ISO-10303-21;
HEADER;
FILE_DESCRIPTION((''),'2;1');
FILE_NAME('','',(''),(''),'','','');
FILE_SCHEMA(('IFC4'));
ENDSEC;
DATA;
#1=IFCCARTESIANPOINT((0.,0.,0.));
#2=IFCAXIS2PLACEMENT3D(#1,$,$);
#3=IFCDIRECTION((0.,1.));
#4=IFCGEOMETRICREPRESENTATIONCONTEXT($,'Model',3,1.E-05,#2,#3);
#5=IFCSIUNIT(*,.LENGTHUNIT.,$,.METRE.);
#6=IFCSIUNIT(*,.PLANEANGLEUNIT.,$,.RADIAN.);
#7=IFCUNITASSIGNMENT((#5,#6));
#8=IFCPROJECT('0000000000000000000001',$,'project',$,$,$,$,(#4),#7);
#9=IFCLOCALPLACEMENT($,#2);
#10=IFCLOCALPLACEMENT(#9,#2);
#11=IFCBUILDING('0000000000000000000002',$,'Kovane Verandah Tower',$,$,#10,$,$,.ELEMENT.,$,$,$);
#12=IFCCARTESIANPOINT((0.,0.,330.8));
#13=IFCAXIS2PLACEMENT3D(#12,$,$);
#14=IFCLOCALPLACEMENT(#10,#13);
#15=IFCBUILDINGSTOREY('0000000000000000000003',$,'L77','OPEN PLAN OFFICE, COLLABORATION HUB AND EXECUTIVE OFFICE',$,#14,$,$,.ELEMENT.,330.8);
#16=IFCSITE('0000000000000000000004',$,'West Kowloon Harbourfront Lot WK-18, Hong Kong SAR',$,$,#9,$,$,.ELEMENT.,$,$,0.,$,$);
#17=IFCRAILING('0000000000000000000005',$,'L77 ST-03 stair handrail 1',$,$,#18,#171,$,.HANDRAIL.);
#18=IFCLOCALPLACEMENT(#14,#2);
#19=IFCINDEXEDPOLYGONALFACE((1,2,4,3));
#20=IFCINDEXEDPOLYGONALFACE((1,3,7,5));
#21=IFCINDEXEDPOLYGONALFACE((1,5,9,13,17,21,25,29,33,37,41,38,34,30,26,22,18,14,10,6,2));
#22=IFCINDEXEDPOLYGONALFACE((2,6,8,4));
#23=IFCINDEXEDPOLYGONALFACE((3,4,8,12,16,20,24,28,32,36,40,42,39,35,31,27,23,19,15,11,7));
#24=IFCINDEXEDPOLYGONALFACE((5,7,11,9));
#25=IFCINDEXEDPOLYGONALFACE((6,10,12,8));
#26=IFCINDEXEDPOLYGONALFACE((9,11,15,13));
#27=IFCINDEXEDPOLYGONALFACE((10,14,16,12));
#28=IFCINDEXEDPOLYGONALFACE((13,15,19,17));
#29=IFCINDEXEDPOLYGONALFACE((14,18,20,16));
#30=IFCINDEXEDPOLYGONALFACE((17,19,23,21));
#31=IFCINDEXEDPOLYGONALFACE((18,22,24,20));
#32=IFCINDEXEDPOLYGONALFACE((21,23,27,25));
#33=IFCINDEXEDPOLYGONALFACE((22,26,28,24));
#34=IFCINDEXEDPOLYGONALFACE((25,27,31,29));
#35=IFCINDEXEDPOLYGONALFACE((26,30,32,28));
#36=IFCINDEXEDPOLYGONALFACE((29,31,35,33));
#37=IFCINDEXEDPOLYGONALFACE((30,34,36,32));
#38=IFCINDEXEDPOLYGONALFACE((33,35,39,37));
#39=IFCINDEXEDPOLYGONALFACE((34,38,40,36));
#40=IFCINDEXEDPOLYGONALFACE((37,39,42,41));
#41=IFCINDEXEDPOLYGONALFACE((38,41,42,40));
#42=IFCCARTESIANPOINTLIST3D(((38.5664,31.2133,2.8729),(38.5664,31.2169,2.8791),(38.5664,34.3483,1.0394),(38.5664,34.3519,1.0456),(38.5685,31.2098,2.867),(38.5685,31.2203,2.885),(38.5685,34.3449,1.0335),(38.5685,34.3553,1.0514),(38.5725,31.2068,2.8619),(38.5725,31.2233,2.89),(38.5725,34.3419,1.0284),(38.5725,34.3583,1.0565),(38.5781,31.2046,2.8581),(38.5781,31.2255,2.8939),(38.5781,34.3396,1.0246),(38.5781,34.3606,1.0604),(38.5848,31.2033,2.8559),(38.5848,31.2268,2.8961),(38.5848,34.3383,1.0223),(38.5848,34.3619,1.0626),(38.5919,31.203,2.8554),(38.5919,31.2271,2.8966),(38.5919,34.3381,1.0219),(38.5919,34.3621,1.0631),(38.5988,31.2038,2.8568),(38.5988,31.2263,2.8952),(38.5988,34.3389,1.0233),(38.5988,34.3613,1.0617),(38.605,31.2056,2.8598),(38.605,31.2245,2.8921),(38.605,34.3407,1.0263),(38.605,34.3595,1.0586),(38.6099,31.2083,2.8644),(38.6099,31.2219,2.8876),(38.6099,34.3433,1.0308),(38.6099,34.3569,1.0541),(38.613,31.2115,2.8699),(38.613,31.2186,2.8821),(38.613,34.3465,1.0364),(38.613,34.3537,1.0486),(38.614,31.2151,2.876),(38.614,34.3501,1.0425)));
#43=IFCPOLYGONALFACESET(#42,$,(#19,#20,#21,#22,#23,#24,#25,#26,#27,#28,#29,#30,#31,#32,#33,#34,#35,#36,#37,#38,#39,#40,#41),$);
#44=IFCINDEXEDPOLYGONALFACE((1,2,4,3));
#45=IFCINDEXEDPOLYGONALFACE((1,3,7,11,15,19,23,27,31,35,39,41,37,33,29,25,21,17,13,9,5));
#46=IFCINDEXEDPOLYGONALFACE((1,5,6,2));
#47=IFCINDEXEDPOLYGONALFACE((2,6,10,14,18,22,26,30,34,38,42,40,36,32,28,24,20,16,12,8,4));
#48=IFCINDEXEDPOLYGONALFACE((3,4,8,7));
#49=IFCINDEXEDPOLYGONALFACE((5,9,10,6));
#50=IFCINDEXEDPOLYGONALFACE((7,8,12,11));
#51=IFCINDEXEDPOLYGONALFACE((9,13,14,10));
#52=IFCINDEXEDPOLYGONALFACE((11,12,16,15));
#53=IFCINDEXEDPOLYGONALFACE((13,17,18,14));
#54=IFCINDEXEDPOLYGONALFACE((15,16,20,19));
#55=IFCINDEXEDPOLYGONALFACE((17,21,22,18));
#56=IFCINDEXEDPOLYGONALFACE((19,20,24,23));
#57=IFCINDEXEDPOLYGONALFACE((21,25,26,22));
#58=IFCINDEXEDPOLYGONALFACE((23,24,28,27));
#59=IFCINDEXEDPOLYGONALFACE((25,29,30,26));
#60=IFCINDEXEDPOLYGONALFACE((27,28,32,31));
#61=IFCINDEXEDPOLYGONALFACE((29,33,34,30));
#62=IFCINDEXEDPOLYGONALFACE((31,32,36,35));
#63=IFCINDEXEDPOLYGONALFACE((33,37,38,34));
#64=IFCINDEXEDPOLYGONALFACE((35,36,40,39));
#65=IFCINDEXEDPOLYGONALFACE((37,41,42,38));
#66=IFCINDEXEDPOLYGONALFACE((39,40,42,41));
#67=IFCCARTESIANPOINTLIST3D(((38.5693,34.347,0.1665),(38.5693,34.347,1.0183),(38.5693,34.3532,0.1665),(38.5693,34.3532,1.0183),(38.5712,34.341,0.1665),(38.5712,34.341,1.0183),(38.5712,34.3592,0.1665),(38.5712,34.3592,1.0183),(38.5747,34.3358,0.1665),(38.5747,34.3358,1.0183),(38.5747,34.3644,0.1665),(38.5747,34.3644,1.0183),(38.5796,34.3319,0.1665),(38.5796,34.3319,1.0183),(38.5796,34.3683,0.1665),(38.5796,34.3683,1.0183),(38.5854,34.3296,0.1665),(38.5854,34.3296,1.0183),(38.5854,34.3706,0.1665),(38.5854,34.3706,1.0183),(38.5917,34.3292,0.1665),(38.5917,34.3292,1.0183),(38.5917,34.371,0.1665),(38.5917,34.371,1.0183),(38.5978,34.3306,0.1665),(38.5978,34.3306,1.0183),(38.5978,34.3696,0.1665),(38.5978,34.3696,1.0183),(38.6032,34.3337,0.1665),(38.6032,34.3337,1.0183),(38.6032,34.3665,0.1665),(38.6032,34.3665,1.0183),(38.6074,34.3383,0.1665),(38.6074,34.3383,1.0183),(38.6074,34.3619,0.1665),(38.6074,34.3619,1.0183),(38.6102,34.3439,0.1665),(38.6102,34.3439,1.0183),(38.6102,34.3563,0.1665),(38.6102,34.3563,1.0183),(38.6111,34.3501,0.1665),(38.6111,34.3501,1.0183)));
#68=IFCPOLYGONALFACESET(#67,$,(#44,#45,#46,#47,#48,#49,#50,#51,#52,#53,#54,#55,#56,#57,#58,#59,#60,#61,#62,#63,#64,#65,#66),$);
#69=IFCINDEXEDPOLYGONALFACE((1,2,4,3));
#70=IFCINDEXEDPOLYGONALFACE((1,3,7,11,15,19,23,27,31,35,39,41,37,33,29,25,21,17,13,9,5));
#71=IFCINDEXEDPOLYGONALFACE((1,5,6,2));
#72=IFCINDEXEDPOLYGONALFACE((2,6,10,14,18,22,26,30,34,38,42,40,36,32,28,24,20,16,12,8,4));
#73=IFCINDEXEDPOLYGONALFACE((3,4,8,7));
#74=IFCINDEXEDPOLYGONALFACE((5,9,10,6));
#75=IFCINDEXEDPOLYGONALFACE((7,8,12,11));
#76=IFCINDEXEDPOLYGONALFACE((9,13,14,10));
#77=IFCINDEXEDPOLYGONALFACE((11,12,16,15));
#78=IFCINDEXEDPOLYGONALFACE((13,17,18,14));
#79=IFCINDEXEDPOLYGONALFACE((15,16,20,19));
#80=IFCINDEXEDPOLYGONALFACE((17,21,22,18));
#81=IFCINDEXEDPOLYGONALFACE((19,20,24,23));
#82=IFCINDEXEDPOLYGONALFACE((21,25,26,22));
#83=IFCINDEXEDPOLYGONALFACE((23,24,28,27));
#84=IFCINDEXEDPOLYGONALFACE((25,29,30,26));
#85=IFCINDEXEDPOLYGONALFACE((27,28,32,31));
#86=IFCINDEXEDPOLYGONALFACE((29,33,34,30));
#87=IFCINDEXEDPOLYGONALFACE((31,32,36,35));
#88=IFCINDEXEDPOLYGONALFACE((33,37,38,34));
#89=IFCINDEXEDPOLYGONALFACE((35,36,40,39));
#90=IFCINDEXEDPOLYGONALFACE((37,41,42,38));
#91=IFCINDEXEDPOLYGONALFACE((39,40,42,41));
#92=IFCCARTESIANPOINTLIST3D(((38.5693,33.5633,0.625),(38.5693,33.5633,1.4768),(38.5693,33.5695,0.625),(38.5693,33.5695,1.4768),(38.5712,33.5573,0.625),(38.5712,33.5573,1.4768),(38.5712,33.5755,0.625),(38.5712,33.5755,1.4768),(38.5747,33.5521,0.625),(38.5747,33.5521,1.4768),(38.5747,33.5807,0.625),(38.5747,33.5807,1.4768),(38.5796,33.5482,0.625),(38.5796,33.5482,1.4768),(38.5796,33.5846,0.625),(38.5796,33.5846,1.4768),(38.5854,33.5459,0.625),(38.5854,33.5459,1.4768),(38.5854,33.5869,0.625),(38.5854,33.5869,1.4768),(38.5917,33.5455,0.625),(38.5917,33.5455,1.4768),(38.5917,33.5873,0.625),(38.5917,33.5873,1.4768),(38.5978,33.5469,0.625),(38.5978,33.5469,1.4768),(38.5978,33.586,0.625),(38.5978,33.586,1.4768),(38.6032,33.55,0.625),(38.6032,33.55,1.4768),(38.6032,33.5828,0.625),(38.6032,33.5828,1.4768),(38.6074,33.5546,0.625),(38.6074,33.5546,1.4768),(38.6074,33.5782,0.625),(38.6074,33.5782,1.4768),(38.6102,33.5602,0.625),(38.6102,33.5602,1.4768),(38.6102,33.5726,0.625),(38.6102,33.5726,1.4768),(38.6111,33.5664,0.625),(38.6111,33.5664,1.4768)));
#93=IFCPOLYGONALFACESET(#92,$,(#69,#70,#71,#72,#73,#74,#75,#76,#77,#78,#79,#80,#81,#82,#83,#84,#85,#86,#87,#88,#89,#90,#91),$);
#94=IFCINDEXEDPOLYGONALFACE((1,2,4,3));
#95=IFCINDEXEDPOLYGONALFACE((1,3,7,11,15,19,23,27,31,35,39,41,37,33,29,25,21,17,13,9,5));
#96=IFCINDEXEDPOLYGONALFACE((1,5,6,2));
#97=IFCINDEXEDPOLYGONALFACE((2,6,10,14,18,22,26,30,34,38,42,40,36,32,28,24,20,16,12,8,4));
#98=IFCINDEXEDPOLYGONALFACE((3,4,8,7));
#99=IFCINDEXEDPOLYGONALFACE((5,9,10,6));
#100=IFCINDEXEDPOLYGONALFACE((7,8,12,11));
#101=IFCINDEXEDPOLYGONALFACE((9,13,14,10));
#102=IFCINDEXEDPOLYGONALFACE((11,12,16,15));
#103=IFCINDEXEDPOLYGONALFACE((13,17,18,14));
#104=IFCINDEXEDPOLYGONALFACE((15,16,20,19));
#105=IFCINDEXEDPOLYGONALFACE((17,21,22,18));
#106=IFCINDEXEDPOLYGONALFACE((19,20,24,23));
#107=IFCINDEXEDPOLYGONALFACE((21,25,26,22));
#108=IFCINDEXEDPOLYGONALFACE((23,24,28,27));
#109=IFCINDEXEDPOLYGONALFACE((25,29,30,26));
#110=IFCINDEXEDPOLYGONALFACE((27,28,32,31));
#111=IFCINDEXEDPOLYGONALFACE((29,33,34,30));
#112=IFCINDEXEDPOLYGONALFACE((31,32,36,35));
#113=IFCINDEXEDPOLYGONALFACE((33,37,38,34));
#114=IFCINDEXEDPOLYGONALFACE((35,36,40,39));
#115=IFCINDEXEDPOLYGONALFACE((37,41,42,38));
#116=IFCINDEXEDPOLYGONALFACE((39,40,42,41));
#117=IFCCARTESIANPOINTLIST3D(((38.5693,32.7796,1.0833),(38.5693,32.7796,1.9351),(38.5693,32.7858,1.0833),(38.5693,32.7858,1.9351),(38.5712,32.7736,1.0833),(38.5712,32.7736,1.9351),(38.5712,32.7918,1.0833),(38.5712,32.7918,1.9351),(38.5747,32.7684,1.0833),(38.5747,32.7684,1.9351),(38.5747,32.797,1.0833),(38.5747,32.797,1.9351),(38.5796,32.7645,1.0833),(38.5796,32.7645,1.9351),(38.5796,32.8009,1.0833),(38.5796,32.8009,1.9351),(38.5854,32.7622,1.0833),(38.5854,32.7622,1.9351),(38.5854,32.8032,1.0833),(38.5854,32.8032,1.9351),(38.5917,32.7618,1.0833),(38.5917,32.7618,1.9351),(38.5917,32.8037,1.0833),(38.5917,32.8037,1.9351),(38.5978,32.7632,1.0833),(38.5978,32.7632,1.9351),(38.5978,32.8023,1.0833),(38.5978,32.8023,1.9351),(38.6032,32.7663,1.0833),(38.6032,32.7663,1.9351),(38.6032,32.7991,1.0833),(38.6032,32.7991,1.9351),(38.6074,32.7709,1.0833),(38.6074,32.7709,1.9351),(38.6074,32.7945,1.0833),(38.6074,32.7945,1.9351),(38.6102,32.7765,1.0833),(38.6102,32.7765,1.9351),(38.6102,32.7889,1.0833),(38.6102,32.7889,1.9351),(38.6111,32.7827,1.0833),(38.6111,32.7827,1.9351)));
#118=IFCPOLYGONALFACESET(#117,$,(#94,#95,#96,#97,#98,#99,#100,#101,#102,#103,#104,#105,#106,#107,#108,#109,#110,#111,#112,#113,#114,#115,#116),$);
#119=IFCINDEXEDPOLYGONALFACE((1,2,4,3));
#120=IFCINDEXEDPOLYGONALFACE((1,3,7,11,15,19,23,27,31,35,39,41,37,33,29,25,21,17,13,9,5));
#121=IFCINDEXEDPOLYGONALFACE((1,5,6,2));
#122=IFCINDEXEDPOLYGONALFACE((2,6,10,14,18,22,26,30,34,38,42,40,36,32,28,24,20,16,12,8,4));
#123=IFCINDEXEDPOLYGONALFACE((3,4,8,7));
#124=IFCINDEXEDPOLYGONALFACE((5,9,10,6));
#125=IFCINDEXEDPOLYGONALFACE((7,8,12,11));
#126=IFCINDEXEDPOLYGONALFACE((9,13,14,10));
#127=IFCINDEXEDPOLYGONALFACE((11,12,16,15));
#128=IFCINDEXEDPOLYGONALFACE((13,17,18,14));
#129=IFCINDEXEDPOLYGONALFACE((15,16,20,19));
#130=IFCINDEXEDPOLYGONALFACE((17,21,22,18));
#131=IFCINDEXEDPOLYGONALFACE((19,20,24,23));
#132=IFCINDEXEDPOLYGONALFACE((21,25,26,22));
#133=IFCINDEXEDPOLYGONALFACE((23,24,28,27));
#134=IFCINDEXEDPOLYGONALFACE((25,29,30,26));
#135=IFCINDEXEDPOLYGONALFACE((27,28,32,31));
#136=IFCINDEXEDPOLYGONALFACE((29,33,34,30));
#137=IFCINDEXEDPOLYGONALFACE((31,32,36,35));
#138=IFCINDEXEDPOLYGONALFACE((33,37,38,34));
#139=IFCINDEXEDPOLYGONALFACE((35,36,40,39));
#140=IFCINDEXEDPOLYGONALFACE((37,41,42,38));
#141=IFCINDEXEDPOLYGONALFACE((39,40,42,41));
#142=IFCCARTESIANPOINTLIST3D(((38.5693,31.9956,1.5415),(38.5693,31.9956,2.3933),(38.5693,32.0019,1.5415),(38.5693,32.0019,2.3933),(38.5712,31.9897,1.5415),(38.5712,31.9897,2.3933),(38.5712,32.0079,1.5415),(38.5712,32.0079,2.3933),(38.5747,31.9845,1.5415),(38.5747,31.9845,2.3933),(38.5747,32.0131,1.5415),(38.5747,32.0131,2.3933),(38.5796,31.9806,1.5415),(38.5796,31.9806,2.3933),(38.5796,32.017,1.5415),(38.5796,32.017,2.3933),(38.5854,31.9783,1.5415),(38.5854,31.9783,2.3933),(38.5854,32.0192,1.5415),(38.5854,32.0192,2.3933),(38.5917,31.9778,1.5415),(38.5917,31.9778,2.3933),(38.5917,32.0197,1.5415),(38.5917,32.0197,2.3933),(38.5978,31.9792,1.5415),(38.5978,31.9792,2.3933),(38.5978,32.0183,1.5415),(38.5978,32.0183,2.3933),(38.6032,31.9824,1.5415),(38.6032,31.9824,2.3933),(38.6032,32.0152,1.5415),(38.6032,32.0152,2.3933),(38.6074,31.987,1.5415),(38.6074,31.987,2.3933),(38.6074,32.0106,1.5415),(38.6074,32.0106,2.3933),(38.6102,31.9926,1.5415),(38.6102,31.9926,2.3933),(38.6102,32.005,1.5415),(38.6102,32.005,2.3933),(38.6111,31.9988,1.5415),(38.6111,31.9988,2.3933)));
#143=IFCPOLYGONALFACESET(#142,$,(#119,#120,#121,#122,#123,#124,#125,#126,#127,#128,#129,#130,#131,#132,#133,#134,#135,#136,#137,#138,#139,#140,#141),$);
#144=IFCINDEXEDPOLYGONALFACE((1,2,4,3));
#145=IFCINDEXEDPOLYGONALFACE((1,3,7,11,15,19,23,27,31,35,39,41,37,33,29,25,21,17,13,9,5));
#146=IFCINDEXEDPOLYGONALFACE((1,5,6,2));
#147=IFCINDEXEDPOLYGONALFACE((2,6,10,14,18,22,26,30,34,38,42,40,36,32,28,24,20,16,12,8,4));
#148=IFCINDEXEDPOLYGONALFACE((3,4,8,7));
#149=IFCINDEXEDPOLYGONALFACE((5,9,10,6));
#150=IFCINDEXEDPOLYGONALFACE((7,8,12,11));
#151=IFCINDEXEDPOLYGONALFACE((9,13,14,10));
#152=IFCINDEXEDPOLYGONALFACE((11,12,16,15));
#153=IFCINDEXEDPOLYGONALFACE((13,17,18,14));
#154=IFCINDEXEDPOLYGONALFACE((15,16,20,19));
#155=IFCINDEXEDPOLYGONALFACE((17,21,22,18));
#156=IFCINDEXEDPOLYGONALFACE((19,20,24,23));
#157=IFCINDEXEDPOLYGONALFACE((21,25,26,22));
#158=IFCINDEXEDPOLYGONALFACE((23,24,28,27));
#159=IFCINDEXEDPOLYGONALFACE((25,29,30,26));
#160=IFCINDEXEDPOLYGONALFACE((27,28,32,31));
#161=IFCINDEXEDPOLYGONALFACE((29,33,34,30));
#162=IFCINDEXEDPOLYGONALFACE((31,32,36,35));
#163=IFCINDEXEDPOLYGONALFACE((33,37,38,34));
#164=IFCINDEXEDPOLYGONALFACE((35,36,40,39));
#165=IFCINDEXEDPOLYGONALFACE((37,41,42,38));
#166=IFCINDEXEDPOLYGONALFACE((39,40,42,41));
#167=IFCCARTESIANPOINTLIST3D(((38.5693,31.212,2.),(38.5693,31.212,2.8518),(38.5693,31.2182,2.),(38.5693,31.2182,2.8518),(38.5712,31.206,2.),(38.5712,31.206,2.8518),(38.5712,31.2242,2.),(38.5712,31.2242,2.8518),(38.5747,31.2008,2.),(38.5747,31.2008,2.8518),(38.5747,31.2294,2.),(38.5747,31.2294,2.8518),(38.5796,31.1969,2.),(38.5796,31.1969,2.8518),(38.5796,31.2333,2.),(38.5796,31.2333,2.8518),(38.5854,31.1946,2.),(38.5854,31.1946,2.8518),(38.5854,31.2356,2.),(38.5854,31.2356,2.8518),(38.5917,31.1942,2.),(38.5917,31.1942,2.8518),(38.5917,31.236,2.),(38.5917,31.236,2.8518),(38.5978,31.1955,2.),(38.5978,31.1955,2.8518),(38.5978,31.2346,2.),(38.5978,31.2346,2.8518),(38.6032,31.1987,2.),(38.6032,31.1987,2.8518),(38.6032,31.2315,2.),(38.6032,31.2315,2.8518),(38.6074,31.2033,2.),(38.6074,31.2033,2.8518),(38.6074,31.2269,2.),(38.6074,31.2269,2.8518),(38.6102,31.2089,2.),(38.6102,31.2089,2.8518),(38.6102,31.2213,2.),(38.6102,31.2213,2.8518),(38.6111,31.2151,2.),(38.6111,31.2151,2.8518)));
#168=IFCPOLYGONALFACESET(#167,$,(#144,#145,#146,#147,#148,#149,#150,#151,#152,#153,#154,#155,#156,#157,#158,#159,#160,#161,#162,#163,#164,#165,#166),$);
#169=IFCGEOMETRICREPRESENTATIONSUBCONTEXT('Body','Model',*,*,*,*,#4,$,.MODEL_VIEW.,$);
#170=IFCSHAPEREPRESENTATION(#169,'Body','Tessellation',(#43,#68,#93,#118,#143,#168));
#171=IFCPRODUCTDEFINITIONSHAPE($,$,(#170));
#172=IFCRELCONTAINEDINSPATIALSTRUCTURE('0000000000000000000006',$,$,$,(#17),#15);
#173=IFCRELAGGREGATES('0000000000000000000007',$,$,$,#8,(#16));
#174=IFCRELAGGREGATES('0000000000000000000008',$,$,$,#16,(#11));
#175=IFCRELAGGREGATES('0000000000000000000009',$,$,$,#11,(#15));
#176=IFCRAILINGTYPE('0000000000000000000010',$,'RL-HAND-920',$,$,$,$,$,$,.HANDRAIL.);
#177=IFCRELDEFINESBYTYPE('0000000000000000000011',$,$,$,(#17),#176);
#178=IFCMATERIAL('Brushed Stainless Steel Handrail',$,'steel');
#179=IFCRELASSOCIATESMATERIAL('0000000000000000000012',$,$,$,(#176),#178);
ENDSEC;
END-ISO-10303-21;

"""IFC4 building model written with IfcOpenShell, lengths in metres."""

from ifc_helpers import new_model, si_unit, direction, frame, origin, origin_2d, place, context, subcontext, project, spatial, circle, extrude, material, type_object, element, save


model = new_model("IFC4")

# Units and contexts
model_context = context("Model", 3, precision=1e-05, world=origin(), true_north=direction((0.0, 1.0)))
body_context = subcontext(model_context, "Body", "Model", "MODEL_VIEW")
ifc_project = project(units=[si_unit("LENGTHUNIT", "METRE"), si_unit("PLANEANGLEUNIT", "RADIAN")], contexts=[model_context])

# Site, building, storey
site_placement = place(None, origin())
site = spatial("IfcSite", under=ifc_project, at=site_placement, Name="West Kowloon Harbourfront Lot WK-18, Hong Kong SAR", CompositionType="ELEMENT", RefElevation=0.0)
building_placement = place(site_placement, origin())
building = spatial("IfcBuilding", under=site, at=building_placement, Name="Kovane Verandah Tower", CompositionType="ELEMENT")
storey_placement = place(building_placement, frame((0.0, 0.0, 330.8)))
storey = spatial("IfcBuildingStorey", under=building, at=storey_placement, Name="L77", Description="OPEN PLAN OFFICE, COLLABORATION HUB AND EXECUTIVE OFFICE", CompositionType="ELEMENT", Elevation=330.8)

# Railing
ifc_material_1 = material(Name="Brushed Stainless Steel Handrail", Category="steel")
railing_type_1 = type_object("IfcRailingType", Name="RL-HAND-920", PredefinedType="HANDRAIL", material=ifc_material_1)
for number, where, name in (
    (1, (38.5901, 34.3501, 0.1665), "L77 ST-03 stair handrail 1"),
):
    element("IfcRailing", number, at=place(storey_placement, frame(where)), inside=storey, type_object=railing_type_1, Name=name, PredefinedType="HANDRAIL", context=body_context, shape_type="SweptSolid", body=[
        extrude(circle(Radius=0.0239, at=origin_2d()), frame((0.0, 0.0, 0.876), z_axis=(0.0, -0.86321, 0.504845), x_axis=(1.0, 0.0, 0.0)), (0.0, 0.0, 1.0), 3.6318),
        extrude(circle(Radius=0.021, at=origin_2d()), origin(), (0.0, 0.0, 1.0), 0.8518),
        extrude(circle(Radius=0.021, at=origin_2d()), frame((0.0, -0.7837, 0.4585)), (0.0, 0.0, 1.0), 0.8518),
        extrude(circle(Radius=0.021, at=origin_2d()), frame((0.0, -1.5674, 0.9167)), (0.0, 0.0, 1.0), 0.8518),
        extrude(circle(Radius=0.021, at=origin_2d()), frame((0.0, -2.3513, 1.375)), (0.0, 0.0, 1.0), 0.8518),
        extrude(circle(Radius=0.021, at=origin_2d()), frame((0.0, -3.135, 1.8335)), (0.0, 0.0, 1.0), 0.8518),
    ])

save(model, "model.ifc")
